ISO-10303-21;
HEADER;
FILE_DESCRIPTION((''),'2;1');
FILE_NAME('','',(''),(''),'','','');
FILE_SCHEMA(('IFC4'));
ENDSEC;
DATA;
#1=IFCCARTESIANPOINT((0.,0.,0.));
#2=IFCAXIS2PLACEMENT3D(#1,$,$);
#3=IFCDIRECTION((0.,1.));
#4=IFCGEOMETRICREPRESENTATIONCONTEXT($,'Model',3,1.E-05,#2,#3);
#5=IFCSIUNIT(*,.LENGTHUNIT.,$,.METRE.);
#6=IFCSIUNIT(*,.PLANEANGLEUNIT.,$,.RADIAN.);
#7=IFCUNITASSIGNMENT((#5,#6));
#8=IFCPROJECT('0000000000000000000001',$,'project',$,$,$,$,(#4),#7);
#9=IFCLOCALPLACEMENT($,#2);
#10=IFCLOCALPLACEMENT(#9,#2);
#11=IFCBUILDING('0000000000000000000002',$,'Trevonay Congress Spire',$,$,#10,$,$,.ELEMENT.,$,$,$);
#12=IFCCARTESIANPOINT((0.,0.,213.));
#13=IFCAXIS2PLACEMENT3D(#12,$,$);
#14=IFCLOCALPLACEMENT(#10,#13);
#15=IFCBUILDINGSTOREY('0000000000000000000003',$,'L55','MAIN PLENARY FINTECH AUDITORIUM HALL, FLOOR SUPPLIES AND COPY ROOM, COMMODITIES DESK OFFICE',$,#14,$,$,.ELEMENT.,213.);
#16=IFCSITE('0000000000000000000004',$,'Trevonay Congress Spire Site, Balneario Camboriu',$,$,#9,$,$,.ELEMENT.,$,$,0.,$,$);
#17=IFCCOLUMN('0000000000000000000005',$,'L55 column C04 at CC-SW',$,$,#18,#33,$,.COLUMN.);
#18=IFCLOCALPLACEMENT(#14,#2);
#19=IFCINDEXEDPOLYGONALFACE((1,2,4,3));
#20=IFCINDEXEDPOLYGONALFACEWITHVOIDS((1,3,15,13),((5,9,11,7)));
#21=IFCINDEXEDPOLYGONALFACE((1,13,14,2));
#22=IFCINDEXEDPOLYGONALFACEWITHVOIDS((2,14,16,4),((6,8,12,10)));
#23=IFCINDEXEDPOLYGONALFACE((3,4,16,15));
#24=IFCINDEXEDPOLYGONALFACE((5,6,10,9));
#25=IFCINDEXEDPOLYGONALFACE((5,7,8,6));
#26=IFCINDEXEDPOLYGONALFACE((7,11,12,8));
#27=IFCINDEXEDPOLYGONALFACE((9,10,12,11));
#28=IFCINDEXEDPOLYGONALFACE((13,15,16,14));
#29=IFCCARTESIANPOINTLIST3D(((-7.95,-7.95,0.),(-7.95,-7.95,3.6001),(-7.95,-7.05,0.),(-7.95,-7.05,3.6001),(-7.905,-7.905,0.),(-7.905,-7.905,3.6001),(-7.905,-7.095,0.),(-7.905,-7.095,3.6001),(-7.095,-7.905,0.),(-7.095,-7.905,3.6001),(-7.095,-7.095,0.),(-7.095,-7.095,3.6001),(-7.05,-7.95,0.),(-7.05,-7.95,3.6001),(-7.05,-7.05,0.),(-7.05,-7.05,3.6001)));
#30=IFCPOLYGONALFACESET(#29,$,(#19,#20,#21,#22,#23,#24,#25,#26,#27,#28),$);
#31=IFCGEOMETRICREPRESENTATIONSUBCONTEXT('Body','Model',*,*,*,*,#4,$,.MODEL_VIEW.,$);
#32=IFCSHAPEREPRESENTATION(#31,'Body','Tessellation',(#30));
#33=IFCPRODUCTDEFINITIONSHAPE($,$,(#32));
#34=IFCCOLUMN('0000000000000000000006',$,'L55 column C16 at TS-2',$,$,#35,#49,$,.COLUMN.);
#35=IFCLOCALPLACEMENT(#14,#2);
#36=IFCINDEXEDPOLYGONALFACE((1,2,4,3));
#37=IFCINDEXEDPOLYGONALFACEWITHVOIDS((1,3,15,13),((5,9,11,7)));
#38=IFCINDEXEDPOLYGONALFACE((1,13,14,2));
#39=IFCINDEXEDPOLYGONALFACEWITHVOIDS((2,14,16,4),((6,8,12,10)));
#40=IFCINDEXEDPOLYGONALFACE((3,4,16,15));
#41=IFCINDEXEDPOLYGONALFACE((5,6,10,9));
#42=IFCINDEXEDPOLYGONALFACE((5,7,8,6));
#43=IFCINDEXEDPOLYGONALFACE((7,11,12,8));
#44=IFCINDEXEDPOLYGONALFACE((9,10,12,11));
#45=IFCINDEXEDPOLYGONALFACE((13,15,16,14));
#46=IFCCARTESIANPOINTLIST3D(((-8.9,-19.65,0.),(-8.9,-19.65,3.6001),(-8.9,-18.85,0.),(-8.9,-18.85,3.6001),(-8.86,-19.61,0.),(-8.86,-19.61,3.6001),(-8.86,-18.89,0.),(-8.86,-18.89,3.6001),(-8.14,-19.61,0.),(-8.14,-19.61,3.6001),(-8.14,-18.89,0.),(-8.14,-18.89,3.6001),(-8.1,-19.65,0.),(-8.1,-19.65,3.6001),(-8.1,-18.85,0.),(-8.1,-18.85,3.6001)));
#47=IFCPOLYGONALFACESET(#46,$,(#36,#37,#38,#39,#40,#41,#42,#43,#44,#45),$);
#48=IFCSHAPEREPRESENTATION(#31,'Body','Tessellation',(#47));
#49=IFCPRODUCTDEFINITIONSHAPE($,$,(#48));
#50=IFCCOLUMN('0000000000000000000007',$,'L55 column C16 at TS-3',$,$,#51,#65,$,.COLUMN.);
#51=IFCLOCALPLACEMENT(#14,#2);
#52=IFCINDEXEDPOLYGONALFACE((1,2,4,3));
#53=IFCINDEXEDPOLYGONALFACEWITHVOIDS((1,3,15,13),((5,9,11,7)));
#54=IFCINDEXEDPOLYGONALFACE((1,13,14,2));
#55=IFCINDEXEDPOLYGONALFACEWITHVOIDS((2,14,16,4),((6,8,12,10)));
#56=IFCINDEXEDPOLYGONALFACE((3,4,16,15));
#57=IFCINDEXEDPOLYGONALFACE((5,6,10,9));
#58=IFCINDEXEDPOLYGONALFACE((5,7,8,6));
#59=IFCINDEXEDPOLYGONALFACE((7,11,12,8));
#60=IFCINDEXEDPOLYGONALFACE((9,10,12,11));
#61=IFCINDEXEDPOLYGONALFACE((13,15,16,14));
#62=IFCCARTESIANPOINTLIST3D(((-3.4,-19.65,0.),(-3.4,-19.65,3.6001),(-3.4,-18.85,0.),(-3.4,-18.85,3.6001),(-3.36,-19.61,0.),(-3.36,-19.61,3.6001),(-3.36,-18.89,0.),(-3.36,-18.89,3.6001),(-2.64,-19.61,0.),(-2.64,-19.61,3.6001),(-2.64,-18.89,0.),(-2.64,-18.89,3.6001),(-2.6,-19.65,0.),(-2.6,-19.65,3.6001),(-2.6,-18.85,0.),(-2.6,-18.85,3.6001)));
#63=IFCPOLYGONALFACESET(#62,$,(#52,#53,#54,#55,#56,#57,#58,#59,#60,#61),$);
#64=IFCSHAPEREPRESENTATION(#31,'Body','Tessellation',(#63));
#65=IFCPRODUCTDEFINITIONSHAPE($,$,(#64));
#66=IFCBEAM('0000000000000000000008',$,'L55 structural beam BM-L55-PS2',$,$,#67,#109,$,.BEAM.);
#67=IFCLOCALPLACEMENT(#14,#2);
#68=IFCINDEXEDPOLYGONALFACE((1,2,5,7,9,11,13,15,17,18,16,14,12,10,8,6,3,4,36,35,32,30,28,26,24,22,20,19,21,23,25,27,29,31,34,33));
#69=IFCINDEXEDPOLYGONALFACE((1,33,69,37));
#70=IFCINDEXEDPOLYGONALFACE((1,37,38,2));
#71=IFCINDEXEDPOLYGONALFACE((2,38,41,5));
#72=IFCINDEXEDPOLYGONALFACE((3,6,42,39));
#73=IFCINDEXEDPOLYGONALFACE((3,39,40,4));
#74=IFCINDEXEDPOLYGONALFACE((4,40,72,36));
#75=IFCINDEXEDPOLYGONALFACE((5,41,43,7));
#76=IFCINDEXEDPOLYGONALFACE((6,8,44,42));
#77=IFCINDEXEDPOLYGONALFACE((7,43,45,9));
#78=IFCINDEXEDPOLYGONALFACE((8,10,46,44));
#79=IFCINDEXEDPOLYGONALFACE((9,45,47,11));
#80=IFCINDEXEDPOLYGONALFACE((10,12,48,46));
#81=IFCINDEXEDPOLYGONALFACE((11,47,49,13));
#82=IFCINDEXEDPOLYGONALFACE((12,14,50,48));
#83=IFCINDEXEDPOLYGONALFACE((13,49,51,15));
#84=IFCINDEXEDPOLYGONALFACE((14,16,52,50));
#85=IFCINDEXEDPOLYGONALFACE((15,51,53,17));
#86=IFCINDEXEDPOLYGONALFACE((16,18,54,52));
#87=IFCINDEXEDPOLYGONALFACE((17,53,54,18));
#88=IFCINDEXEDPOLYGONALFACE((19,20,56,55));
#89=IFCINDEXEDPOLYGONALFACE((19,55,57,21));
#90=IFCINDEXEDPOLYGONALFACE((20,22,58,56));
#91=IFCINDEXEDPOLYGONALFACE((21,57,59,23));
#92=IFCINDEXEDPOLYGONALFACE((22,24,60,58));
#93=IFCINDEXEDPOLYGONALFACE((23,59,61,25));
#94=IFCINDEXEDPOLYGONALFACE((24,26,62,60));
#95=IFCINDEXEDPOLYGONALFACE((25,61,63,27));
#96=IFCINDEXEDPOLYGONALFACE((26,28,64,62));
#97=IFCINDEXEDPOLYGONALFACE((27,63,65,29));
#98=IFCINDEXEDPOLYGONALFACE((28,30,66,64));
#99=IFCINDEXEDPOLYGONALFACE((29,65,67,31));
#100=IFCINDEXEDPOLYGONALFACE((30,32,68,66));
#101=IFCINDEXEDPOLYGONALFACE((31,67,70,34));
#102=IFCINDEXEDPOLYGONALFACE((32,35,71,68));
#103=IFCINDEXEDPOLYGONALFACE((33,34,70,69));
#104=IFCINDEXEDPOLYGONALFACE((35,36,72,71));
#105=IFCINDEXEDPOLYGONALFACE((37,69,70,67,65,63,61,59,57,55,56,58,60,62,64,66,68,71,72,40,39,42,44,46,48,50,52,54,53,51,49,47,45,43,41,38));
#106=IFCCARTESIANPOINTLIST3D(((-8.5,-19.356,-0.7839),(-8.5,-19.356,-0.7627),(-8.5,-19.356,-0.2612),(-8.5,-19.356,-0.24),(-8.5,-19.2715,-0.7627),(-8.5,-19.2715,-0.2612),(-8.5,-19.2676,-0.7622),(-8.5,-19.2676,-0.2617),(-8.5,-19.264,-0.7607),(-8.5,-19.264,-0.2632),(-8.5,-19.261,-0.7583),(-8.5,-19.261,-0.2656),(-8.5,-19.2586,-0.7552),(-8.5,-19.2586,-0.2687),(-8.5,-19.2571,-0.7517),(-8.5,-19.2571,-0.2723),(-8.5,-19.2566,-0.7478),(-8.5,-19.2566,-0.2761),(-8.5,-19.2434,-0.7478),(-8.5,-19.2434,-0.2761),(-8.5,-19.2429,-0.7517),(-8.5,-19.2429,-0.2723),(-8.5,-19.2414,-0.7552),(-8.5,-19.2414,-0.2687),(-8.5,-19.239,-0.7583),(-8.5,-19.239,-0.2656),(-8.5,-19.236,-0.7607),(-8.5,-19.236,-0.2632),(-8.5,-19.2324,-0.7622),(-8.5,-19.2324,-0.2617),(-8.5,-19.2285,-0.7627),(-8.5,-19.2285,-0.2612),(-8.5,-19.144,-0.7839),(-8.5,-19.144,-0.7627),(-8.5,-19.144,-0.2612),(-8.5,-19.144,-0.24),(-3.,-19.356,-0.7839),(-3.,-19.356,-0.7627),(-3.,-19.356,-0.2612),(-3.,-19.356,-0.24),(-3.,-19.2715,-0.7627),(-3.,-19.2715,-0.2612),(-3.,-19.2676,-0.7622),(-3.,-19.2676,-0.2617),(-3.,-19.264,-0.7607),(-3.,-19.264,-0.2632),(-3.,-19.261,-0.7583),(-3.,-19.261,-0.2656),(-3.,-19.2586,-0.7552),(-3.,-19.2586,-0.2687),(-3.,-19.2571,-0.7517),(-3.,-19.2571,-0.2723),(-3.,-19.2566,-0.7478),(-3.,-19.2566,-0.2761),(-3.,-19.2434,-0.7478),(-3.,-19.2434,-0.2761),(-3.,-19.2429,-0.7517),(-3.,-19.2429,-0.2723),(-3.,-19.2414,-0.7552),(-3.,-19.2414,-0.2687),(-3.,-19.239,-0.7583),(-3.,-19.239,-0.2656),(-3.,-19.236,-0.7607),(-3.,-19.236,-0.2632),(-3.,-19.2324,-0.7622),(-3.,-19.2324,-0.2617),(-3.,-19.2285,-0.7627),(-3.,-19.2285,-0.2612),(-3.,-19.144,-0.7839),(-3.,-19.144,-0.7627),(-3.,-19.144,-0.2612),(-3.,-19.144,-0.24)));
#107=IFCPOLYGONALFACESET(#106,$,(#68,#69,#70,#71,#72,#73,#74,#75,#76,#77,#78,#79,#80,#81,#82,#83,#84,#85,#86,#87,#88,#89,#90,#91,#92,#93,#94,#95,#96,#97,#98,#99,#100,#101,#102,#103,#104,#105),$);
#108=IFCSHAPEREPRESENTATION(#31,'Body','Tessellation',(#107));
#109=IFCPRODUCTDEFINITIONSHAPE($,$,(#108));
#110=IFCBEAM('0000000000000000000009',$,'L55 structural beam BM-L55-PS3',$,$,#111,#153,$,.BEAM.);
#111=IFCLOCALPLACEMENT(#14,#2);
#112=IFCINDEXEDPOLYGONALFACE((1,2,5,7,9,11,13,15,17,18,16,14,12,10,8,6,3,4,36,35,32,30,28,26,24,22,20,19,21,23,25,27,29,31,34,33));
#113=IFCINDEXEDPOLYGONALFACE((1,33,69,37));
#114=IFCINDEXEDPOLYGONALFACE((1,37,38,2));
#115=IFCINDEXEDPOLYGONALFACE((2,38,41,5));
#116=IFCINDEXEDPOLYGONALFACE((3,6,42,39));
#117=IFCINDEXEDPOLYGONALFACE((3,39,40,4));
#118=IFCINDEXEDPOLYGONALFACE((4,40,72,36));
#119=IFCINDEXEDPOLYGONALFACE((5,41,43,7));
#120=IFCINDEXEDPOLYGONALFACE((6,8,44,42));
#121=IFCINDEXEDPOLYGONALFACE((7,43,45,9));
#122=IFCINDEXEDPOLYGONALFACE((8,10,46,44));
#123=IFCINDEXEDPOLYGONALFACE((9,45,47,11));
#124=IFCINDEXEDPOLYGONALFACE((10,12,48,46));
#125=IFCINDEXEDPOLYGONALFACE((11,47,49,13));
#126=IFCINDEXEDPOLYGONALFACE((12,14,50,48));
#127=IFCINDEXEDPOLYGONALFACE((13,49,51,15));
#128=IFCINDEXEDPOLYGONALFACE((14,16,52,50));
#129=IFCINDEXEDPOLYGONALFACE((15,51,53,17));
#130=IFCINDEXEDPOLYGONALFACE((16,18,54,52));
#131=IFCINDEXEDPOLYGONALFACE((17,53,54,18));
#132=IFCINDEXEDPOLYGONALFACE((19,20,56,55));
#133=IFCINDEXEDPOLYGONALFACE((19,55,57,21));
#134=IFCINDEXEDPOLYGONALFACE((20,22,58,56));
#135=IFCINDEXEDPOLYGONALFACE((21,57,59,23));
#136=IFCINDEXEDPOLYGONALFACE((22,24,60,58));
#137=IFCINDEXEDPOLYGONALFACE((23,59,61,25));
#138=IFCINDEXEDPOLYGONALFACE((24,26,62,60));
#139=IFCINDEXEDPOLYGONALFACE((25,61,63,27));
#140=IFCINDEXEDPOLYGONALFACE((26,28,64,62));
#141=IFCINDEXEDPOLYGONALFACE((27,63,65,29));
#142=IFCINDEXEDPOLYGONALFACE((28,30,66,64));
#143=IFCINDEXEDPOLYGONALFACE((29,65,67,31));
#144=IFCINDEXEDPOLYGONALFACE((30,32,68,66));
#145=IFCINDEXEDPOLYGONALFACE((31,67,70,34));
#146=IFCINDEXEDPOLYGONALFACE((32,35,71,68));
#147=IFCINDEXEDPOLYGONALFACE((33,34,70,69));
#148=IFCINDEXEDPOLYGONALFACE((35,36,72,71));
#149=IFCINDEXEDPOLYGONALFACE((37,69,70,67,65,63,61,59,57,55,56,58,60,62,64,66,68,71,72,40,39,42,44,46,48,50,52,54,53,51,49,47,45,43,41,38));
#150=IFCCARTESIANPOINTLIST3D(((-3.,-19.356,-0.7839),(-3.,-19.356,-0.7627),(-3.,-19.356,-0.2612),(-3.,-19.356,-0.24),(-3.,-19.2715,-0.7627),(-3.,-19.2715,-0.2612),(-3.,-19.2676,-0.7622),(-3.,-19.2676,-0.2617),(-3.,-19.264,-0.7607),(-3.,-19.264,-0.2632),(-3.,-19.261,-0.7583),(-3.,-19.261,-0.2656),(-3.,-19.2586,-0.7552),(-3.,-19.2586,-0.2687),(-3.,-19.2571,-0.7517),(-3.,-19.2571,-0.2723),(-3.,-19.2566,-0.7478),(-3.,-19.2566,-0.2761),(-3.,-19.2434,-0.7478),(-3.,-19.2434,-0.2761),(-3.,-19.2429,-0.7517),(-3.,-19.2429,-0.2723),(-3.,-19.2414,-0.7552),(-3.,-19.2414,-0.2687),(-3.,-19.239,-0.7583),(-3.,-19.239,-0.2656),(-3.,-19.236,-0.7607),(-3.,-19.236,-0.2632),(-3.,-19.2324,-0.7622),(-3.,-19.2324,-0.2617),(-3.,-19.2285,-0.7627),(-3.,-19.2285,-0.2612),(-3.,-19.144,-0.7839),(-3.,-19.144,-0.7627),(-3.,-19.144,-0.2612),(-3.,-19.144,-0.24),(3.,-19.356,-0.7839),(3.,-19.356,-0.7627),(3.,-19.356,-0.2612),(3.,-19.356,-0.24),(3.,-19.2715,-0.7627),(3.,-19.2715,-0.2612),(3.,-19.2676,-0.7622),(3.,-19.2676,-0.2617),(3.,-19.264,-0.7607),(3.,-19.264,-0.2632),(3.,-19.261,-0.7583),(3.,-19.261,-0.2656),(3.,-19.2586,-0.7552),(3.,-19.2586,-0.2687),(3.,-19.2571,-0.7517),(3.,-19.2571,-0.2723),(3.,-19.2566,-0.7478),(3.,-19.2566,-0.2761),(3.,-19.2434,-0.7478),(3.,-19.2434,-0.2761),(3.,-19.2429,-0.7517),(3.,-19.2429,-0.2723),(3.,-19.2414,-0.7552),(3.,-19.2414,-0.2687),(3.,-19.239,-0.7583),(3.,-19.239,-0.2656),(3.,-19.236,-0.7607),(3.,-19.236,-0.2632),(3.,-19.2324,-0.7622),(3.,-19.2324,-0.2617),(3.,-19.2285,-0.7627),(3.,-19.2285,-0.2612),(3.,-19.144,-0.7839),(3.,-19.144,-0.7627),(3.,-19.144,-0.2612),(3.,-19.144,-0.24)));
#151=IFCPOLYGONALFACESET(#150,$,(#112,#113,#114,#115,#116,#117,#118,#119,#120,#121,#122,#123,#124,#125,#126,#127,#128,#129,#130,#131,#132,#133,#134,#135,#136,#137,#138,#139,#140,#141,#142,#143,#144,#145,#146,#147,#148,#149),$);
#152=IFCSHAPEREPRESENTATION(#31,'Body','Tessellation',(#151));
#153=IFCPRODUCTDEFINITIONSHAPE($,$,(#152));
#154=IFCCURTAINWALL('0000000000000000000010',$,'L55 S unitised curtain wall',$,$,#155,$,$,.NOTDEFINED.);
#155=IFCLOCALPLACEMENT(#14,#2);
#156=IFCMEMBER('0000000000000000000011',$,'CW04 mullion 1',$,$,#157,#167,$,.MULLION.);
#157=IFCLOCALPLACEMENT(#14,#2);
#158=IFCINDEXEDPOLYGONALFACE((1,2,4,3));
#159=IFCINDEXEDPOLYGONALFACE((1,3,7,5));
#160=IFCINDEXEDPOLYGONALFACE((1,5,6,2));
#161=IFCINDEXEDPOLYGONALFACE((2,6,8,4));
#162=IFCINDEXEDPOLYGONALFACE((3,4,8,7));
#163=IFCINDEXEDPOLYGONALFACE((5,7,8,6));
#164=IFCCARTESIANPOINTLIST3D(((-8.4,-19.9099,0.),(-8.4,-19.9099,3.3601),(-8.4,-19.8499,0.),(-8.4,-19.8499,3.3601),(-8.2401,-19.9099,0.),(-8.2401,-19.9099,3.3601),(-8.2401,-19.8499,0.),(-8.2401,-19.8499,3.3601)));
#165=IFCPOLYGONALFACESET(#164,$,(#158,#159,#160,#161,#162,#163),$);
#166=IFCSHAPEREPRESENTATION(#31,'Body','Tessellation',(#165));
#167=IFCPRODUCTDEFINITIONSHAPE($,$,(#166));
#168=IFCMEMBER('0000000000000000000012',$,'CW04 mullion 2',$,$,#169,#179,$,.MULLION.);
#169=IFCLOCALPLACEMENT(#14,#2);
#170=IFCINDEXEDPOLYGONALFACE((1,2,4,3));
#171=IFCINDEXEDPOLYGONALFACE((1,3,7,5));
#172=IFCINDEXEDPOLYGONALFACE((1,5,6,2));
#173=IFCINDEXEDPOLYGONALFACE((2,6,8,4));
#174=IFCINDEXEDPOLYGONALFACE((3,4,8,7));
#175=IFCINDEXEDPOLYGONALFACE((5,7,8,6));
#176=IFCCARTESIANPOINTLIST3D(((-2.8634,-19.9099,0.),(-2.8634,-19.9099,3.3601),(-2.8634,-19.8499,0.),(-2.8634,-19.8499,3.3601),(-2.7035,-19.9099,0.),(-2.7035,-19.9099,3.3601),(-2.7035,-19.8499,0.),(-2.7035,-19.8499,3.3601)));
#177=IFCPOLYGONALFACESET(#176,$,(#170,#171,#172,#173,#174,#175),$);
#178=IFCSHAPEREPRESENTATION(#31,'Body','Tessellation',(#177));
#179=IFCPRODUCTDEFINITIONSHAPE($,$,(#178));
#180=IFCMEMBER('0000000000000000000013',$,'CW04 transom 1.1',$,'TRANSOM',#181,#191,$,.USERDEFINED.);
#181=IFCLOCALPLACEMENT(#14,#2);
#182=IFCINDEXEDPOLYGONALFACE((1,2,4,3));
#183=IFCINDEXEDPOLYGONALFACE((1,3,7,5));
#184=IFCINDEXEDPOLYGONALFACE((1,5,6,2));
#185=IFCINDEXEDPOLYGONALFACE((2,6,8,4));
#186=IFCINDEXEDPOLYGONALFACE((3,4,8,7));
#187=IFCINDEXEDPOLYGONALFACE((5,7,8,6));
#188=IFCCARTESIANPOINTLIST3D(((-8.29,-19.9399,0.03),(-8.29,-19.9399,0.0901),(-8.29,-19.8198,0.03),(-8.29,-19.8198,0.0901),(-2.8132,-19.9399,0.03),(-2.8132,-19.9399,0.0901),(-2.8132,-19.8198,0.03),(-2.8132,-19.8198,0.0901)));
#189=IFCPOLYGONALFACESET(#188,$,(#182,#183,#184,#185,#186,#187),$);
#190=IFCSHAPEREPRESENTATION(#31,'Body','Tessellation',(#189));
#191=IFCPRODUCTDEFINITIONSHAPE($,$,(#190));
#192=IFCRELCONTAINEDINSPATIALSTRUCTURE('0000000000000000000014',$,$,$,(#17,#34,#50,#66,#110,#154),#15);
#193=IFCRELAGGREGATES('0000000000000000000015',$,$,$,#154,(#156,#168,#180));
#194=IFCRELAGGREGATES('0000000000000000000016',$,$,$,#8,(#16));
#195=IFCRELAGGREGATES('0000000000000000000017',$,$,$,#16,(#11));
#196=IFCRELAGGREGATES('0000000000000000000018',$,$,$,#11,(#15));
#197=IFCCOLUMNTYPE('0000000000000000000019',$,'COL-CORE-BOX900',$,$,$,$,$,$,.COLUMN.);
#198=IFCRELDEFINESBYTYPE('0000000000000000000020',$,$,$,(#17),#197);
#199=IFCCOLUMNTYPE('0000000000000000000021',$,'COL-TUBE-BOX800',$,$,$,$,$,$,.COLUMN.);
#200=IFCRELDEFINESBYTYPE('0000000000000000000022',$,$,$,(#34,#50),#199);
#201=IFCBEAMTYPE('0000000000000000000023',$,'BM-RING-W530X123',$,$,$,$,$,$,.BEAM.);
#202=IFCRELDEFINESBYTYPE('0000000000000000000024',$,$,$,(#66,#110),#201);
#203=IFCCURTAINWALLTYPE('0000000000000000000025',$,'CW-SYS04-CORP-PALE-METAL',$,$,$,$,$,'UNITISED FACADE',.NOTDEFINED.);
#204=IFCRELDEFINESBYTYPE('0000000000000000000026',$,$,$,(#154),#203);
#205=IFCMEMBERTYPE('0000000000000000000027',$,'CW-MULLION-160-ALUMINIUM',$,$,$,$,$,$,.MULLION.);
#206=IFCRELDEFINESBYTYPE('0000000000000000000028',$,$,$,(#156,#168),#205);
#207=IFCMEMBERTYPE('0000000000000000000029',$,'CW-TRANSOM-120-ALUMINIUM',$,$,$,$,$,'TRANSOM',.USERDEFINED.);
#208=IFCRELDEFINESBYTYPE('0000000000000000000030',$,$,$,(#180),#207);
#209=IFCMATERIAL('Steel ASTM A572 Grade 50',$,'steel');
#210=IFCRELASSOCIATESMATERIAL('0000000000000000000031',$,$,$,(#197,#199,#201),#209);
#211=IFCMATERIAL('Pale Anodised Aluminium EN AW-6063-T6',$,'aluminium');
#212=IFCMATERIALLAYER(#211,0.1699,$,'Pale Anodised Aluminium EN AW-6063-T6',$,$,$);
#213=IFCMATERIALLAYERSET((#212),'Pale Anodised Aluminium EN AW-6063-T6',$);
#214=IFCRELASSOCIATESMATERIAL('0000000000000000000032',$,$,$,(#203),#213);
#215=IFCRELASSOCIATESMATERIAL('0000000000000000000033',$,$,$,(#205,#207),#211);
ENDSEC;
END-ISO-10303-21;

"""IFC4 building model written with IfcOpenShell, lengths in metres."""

from ifc_helpers import new_model, si_unit, direction, frame, origin, origin_2d, place, context, subcontext, project, spatial, rectangle, hollow_rectangle, i_section, extrude, material, layer, layer_set, material_profile, profile_set, type_object, element, aggregate, save


model = new_model("IFC4")

# Units and contexts
model_context = context("Model", 3, precision=1e-05, world=origin(), true_north=direction((0.0, 1.0)))
body_context = subcontext(model_context, "Body", "Model", "MODEL_VIEW")
ifc_project = project(units=[si_unit("LENGTHUNIT", "METRE"), si_unit("PLANEANGLEUNIT", "RADIAN")], contexts=[model_context])

# Site, building, storey
site_placement = place(None, origin())
site = spatial("IfcSite", under=ifc_project, at=site_placement, Name="Trevonay Congress Spire Site, Balneario Camboriu", CompositionType="ELEMENT", RefElevation=0.0)
building_placement = place(site_placement, origin())
building = spatial("IfcBuilding", under=site, at=building_placement, Name="Trevonay Congress Spire", CompositionType="ELEMENT")
storey_placement = place(building_placement, frame((0.0, 0.0, 213.0)))
storey = spatial("IfcBuildingStorey", under=building, at=storey_placement, Name="L55", Description="MAIN PLENARY FINTECH AUDITORIUM HALL, FLOOR SUPPLIES AND COPY ROOM, COMMODITIES DESK OFFICE", CompositionType="ELEMENT", Elevation=213.0)

# Columns
ifc_material_1 = material(Name="Steel ASTM A572 Grade 50", Category="steel")
ifc_material_profile_1 = material_profile(ifc_material_1, hollow_rectangle(XDim=0.8999, YDim=0.8999, WallThickness=0.0449, at=origin_2d()), Name="BOX 900x900x45")
ifc_profile_set_1 = profile_set([ifc_material_profile_1], Name="Steel ASTM A572 Grade 50")
column_type_1 = type_object("IfcColumnType", Name="COL-CORE-BOX900", PredefinedType="COLUMN", material=ifc_profile_set_1)
column_placement = place(storey_placement, frame((-7.5, -7.5, 0.0), z_axis=(0.0, 0.0, 1.0), x_axis=(1.0, 0.0, 0.0)))
element("IfcColumn", 1, at=column_placement, inside=storey, type_object=column_type_1, Name="L55 column C04 at CC-SW", PredefinedType="COLUMN", context=body_context, shape_type="SweptSolid", body=[
    extrude(hollow_rectangle(XDim=0.8999, YDim=0.8999, WallThickness=0.0449, at=origin_2d()), origin(), (0.0, 0.0, 1.0), 3.6001),
])
ifc_material_profile_2 = material_profile(ifc_material_1, hollow_rectangle(XDim=0.8, YDim=0.8, WallThickness=0.04, at=origin_2d()), Name="BOX 800x800x40")
ifc_profile_set_2 = profile_set([ifc_material_profile_2], Name="Steel ASTM A572 Grade 50")
column_type_2 = type_object("IfcColumnType", Name="COL-TUBE-BOX800", PredefinedType="COLUMN", material=ifc_profile_set_2)
for number, where, z_axis, x_axis, name in (
    (2, (-8.5, -19.25, 0.0), (0.0, 0.0, 1.0), (1.0, 0.0, 0.0), "L55 column C16 at TS-2"),
    (3, (-3.0, -19.25, 0.0), (0.0, 0.0, 1.0), (1.0, 0.0, 0.0), "L55 column C16 at TS-3"),
):
    element("IfcColumn", number, at=place(storey_placement, frame(where, z_axis=z_axis, x_axis=x_axis)), inside=storey, type_object=column_type_2, Name=name, PredefinedType="COLUMN", context=body_context, shape_type="SweptSolid", body=[
        extrude(hollow_rectangle(XDim=0.8, YDim=0.8, WallThickness=0.04, at=origin_2d()), origin(), (0.0, 0.0, 1.0), 3.6001),
    ])

# Beams
ifc_material_profile_3 = material_profile(ifc_material_1, i_section(OverallWidth=0.2119, OverallDepth=0.5439, WebThickness=0.0132, FlangeThickness=0.0212, FilletRadius=0.0149, at=origin_2d()), Name="W530x123")
ifc_profile_set_3 = profile_set([ifc_material_profile_3], Name="Steel ASTM A572 Grade 50")
beam_type = type_object("IfcBeamType", Name="BM-RING-W530X123", PredefinedType="BEAM", material=ifc_profile_set_3)
beam_1_placement = place(storey_placement, frame((-8.5, -19.25, -0.512), z_axis=(1.0, 0.0, 0.0), x_axis=(0.0, 1.0, 0.0)))
element("IfcBeam", 4, at=beam_1_placement, inside=storey, type_object=beam_type, Name="L55 structural beam BM-L55-PS2", PredefinedType="BEAM", context=body_context, shape_type="SweptSolid", body=[
    extrude(i_section(OverallWidth=0.2119, OverallDepth=0.5439, WebThickness=0.0132, FlangeThickness=0.0212, FilletRadius=0.0149, at=origin_2d()), origin(), (0.0, 0.0, 1.0), 5.5),
])
beam_2_placement = place(storey_placement, frame((-3.0, -19.25, -0.512), z_axis=(1.0, 0.0, 0.0), x_axis=(0.0, 1.0, 0.0)))
element("IfcBeam", 5, at=beam_2_placement, inside=storey, type_object=beam_type, Name="L55 structural beam BM-L55-PS3", PredefinedType="BEAM", context=body_context, shape_type="SweptSolid", body=[
    extrude(i_section(OverallWidth=0.2119, OverallDepth=0.5439, WebThickness=0.0132, FlangeThickness=0.0212, FilletRadius=0.0149, at=origin_2d()), origin(), (0.0, 0.0, 1.0), 6.0),
])

# Curtain wall, members
ifc_material_2 = material(Name="Pale Anodised Aluminium EN AW-6063-T6", Category="aluminium")
ifc_layer_1 = layer(ifc_material_2, 0.1699, Name="Pale Anodised Aluminium EN AW-6063-T6")
ifc_layer_set_1 = layer_set([ifc_layer_1], Name="Pale Anodised Aluminium EN AW-6063-T6")
curtain_wall_type = type_object("IfcCurtainWallType", Name="CW-SYS04-CORP-PALE-METAL", ElementType="UNITISED FACADE", PredefinedType="NOTDEFINED", material=ifc_layer_set_1)
curtain_wall_placement = place(storey_placement, origin())
curtain_wall = element("IfcCurtainWall", 6, at=curtain_wall_placement, inside=storey, type_object=curtain_wall_type, Name="L55 S unitised curtain wall", PredefinedType="NOTDEFINED")
ifc_material_profile_4 = material_profile(ifc_material_2, rectangle(XDim=0.0601, YDim=0.1599, at=origin_2d()), Name="CW-MULLION-160-ALUMINIUM")
ifc_profile_set_4 = profile_set([ifc_material_profile_4], Name="Pale Anodised Aluminium EN AW-6063-T6")
member_type_1 = type_object("IfcMemberType", Name="CW-MULLION-160-ALUMINIUM", PredefinedType="MULLION", material=ifc_profile_set_4)
member_1_placement = place(storey_placement, frame((-8.3201, -19.8799, 0.0), z_axis=(0.0, 0.0, 1.0), x_axis=(0.0, 1.0, 0.0)))
member_1 = element("IfcMember", 7, at=member_1_placement, type_object=member_type_1, Name="CW04 mullion 1", PredefinedType="MULLION", context=body_context, shape_type="SweptSolid", body=[
    extrude(rectangle(XDim=0.0601, YDim=0.1599, at=origin_2d()), origin(), (0.0, 0.0, 1.0), 3.3601),
])
member_2_placement = place(storey_placement, frame((-2.7834, -19.8799, 0.0), z_axis=(0.0, 0.0, 1.0), x_axis=(0.0, 1.0, 0.0)))
member_2 = element("IfcMember", 8, at=member_2_placement, type_object=member_type_1, Name="CW04 mullion 2", PredefinedType="MULLION", context=body_context, shape_type="SweptSolid", body=[
    extrude(rectangle(XDim=0.0601, YDim=0.1599, at=origin_2d()), origin(), (0.0, 0.0, 1.0), 3.3601),
])
ifc_material_profile_5 = material_profile(ifc_material_2, rectangle(XDim=0.1201, YDim=0.0601, at=origin_2d()), Name="CW-TRANSOM-120-ALUMINIUM")
ifc_profile_set_5 = profile_set([ifc_material_profile_5], Name="Pale Anodised Aluminium EN AW-6063-T6")
member_type_2 = type_object("IfcMemberType", Name="CW-TRANSOM-120-ALUMINIUM", ElementType="TRANSOM", PredefinedType="USERDEFINED", material=ifc_profile_set_5)
member_3_placement = place(storey_placement, frame((-8.29, -19.8799, 0.0601), z_axis=(1.0, 0.0, 0.0), x_axis=(0.0, 1.0, 0.0)))
member_3 = element("IfcMember", 9, at=member_3_placement, type_object=member_type_2, Name="CW04 transom 1.1", ObjectType="TRANSOM", PredefinedType="USERDEFINED", context=body_context, shape_type="SweptSolid", body=[
    extrude(rectangle(XDim=0.1201, YDim=0.0601, at=origin_2d()), origin(), (0.0, 0.0, 1.0), 5.4768),
])
aggregate(curtain_wall, [member_1, member_2, member_3])

save(model, "model.ifc")
